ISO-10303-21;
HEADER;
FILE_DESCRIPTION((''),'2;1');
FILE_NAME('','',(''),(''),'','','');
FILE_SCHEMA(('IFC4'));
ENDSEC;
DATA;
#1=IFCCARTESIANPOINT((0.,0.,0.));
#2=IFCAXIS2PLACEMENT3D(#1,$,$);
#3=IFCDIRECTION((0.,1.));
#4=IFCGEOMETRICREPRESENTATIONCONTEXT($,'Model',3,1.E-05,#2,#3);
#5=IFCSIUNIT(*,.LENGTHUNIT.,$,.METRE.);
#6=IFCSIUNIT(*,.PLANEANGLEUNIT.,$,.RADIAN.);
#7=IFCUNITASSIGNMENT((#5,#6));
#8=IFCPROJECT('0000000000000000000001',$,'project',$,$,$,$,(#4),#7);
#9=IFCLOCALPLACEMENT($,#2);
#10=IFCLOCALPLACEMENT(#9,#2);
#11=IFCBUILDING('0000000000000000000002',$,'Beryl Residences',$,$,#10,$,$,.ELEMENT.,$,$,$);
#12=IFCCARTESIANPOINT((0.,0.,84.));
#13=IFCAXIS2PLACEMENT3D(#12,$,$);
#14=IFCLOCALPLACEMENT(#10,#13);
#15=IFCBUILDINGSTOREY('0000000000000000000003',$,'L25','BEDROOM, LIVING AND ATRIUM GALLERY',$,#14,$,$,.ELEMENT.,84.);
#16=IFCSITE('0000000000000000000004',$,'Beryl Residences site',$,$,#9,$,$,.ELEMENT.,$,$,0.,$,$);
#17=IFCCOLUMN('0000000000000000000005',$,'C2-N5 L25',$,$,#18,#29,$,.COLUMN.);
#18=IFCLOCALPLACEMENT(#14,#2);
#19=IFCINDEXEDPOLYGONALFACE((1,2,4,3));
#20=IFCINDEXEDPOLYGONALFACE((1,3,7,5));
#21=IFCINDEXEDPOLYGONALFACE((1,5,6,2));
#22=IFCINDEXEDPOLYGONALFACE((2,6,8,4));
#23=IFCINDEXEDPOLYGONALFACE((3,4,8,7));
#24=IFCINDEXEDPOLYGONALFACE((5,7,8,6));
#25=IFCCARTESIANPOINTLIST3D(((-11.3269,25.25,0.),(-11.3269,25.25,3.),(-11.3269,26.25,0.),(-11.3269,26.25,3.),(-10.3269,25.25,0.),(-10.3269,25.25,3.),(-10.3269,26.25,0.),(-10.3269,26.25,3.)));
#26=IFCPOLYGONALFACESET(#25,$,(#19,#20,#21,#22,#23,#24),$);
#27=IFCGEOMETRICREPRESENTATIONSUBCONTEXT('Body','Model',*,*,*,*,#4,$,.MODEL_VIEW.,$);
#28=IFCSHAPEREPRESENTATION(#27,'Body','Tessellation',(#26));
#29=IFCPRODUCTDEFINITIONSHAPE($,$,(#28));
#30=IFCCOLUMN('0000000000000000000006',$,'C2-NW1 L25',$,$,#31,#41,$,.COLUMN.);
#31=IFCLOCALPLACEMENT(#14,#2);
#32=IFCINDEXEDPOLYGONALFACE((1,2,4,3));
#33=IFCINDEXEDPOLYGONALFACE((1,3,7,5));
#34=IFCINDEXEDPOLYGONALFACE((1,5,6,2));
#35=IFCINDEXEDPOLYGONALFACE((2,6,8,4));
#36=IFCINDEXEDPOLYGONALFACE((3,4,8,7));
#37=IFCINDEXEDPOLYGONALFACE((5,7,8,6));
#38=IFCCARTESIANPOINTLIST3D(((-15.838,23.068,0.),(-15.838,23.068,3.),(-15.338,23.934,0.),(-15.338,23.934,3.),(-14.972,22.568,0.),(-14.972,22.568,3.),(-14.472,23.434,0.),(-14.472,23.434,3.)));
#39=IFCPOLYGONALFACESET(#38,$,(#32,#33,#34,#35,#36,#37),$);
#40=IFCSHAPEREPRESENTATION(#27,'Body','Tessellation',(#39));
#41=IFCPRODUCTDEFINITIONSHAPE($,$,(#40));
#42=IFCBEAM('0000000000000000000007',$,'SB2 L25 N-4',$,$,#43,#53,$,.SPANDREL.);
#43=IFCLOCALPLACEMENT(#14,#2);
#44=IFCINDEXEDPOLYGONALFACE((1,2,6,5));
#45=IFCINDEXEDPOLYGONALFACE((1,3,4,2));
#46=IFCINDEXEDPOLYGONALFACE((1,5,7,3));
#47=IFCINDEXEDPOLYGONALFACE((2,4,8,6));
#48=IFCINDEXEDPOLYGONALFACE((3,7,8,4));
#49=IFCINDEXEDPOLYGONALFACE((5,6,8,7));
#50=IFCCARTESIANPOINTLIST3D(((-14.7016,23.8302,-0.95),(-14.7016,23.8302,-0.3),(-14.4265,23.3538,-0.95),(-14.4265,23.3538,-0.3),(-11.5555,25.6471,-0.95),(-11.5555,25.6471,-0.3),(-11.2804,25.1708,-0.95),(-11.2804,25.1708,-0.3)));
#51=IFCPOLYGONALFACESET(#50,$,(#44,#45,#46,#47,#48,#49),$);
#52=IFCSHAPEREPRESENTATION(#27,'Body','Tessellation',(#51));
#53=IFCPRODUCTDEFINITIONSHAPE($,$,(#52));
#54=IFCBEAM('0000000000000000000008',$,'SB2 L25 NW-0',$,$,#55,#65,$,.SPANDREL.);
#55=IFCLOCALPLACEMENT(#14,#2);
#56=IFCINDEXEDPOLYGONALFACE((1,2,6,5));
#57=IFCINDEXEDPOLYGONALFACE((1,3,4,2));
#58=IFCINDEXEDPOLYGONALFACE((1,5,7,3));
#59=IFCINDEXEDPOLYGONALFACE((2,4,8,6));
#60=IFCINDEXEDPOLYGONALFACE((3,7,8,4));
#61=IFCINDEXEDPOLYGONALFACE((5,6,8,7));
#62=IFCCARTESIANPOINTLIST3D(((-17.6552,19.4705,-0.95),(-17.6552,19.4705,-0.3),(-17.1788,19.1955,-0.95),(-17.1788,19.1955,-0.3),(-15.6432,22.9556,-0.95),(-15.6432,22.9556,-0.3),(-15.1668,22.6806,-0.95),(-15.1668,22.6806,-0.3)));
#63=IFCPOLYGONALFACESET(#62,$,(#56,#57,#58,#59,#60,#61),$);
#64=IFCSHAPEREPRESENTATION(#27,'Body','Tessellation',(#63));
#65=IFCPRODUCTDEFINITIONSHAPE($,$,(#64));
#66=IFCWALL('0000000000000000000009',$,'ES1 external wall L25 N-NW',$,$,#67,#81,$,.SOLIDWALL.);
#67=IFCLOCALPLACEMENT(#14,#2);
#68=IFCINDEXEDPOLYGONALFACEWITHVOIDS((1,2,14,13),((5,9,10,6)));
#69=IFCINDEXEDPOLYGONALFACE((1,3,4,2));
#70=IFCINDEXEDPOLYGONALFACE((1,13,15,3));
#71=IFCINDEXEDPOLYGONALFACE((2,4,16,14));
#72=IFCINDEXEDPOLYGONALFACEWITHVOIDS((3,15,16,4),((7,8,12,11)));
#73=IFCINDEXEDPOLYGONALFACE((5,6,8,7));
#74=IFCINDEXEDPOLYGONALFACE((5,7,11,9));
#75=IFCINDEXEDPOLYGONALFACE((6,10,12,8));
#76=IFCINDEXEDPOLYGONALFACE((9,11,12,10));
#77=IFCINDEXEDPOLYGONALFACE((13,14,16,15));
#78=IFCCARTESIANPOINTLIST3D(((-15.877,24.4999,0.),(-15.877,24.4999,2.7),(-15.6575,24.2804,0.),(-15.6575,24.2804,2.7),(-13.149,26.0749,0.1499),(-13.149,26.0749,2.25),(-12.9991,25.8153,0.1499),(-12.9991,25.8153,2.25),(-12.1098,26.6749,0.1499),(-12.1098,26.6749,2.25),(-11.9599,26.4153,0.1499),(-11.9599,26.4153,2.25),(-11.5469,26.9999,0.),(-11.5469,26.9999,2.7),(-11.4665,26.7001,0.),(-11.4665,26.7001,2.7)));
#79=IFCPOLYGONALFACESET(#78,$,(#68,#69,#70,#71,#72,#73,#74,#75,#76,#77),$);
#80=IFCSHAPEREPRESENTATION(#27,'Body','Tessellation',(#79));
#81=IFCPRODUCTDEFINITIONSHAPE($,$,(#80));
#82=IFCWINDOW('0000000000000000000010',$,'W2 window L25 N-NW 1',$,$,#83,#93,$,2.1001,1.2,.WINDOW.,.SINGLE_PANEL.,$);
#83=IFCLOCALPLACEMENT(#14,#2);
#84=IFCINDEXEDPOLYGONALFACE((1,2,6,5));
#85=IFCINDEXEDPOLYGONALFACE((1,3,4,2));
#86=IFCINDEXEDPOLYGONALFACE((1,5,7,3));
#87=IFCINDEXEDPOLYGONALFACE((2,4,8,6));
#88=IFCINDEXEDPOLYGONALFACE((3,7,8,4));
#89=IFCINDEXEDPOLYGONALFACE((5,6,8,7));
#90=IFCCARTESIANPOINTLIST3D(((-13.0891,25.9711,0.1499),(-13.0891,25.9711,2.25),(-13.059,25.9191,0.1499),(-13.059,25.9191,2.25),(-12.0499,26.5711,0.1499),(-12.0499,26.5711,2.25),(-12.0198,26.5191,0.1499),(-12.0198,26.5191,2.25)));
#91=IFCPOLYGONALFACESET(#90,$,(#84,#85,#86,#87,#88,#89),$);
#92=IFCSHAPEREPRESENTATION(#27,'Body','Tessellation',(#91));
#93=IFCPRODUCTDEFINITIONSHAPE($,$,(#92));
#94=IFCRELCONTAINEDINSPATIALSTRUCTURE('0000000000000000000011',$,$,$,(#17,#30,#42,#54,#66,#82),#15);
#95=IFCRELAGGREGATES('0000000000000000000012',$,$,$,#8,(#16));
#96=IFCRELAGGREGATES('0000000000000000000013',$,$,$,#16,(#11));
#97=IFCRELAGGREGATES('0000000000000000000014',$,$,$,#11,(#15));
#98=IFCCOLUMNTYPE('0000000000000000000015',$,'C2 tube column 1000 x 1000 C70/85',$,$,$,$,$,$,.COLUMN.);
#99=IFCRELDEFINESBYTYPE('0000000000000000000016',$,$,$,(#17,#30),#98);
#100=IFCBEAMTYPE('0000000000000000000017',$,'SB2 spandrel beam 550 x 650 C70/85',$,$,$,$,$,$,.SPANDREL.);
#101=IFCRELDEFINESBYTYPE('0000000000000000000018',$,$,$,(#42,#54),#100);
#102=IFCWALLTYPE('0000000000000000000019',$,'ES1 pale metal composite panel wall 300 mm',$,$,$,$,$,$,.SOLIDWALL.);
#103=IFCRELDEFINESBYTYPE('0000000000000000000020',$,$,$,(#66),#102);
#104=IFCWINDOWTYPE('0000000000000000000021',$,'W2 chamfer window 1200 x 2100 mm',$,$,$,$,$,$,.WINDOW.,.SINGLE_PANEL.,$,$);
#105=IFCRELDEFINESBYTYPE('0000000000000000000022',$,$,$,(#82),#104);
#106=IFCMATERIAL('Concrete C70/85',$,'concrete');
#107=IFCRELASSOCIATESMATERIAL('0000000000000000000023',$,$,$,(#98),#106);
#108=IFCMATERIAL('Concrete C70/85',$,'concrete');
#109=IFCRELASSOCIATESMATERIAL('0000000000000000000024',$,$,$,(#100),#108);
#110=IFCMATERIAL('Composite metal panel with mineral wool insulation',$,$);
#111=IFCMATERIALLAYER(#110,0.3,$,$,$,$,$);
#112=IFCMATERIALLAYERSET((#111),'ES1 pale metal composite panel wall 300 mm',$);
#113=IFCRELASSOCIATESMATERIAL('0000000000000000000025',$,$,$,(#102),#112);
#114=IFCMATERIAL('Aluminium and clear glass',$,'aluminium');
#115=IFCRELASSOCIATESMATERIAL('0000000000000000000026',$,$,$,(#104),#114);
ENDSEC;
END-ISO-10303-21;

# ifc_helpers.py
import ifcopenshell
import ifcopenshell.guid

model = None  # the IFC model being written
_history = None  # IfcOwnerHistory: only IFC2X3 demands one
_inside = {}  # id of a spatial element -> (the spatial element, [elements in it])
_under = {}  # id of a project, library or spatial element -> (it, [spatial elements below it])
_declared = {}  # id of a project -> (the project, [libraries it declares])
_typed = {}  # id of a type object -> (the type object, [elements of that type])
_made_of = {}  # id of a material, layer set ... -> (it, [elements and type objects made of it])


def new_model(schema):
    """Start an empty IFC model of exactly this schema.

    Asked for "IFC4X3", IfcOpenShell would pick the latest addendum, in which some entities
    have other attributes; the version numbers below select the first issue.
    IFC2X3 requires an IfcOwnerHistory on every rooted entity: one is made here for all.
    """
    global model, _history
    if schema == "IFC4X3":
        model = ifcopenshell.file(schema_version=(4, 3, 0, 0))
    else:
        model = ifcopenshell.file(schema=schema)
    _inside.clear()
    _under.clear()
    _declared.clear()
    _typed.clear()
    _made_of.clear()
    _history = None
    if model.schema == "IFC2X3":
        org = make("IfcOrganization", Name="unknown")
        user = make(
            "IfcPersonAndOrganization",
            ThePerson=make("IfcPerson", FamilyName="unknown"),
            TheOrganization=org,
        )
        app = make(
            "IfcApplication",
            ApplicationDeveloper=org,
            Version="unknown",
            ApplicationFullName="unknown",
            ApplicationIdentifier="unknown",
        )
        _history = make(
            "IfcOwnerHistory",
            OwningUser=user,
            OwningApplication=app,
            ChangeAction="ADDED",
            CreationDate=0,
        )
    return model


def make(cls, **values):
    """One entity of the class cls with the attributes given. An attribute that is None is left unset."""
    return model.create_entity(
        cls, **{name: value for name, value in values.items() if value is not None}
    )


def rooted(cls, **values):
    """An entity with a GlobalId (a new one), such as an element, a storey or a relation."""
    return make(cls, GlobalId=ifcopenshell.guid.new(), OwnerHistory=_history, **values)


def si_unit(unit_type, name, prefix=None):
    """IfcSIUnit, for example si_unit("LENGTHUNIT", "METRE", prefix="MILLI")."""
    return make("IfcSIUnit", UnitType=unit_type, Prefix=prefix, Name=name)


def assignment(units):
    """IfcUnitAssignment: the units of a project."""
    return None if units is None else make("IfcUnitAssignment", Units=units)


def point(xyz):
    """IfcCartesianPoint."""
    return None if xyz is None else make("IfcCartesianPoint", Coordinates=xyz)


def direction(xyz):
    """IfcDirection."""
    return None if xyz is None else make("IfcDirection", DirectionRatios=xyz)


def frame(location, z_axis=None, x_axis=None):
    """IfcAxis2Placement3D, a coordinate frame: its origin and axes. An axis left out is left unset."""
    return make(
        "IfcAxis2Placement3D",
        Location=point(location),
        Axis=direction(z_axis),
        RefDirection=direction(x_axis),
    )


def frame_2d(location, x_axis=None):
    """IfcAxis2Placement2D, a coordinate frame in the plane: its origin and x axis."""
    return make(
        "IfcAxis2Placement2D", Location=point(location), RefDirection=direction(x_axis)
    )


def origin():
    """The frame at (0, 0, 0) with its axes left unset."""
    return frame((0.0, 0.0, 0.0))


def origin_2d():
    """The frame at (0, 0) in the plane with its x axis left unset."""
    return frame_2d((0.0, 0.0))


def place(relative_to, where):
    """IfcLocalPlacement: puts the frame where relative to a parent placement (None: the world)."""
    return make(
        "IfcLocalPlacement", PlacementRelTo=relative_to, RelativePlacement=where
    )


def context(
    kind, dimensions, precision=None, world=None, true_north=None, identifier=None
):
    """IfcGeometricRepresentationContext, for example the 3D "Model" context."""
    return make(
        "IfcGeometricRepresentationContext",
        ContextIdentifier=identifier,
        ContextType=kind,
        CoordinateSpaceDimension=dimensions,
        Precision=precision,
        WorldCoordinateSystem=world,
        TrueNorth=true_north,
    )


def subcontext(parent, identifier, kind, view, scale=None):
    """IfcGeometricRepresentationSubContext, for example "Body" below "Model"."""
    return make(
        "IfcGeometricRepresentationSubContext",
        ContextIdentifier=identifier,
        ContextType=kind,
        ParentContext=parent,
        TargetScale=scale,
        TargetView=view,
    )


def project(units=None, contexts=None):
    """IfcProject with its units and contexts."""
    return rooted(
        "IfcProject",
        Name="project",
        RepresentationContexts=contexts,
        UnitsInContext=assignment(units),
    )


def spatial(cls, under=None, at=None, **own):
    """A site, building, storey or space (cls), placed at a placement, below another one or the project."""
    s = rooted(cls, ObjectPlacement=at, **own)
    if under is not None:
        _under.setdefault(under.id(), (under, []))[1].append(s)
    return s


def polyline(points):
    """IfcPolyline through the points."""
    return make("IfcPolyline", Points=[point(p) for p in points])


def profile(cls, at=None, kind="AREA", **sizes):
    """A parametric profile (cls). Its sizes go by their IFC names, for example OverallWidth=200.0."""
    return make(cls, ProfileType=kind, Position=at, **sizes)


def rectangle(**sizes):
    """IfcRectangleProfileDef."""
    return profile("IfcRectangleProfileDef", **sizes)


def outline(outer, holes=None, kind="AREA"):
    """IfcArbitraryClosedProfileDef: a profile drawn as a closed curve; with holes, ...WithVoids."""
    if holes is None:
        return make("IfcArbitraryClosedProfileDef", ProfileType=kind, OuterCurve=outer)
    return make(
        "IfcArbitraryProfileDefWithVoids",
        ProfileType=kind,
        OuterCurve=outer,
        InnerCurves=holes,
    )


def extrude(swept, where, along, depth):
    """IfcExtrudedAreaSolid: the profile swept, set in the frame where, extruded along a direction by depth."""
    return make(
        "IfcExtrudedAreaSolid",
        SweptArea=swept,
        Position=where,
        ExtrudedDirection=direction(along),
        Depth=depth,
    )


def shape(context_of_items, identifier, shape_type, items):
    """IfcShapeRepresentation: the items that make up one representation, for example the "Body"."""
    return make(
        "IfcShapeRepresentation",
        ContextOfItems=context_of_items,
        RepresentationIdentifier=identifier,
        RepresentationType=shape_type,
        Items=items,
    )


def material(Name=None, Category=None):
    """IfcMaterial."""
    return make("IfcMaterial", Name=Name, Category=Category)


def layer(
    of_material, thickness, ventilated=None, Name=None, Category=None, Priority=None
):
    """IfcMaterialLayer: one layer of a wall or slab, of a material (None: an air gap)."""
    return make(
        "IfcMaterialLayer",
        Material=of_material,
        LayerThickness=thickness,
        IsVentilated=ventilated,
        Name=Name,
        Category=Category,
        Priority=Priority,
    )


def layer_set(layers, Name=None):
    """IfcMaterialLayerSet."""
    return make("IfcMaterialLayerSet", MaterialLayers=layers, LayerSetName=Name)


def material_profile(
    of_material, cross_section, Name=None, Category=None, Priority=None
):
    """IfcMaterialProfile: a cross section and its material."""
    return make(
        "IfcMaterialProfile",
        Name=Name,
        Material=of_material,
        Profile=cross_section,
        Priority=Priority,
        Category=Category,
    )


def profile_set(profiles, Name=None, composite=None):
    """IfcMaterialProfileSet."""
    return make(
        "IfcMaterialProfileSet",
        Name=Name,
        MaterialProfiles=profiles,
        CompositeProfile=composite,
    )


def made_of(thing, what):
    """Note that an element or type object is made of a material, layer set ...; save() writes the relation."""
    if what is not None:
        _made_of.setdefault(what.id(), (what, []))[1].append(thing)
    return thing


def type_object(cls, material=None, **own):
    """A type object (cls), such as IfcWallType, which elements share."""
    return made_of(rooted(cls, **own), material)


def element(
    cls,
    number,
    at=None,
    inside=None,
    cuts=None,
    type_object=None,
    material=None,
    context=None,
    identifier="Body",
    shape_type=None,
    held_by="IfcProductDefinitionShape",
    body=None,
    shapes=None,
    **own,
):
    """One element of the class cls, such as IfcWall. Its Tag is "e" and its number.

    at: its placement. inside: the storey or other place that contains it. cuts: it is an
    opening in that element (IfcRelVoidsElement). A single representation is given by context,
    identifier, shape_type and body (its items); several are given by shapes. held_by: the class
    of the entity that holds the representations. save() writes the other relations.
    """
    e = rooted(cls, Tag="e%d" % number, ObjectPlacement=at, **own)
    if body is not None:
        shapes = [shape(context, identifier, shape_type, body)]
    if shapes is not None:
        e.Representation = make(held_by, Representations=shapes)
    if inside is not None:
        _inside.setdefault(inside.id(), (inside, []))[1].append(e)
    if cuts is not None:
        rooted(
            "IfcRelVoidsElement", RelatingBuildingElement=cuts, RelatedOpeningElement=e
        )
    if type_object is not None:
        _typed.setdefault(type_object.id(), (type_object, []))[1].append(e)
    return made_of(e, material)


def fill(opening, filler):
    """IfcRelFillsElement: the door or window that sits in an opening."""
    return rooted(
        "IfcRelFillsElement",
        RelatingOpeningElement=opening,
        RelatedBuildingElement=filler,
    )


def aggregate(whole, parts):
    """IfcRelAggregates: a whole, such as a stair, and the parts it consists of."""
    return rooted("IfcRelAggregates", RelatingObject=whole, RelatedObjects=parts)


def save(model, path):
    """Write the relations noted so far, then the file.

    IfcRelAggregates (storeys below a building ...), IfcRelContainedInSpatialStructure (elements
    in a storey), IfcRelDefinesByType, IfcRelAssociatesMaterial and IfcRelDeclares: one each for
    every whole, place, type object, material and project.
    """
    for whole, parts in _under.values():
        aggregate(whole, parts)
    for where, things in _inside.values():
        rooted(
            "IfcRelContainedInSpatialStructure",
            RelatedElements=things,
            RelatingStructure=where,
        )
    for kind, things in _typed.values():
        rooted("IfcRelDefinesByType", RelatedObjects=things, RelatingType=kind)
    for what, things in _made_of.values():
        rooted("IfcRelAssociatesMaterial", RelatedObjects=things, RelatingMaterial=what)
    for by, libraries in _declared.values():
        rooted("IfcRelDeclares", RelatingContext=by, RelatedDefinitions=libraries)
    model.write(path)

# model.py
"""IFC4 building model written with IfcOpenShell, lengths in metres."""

from ifc_helpers import new_model, si_unit, direction, frame, frame_2d, origin, origin_2d, place, context, subcontext, project, spatial, polyline, rectangle, outline, extrude, material, layer, layer_set, material_profile, profile_set, type_object, element, fill, save


model = new_model("IFC4")

# Units and contexts
model_context = context("Model", 3, precision=1e-05, world=origin(), true_north=direction((0.0, 1.0)))
body_context = subcontext(model_context, "Body", "Model", "MODEL_VIEW")
ifc_project = project(units=[si_unit("LENGTHUNIT", "METRE"), si_unit("PLANEANGLEUNIT", "RADIAN")], contexts=[model_context])

# Site, building, storey
site_placement = place(None, origin())
site = spatial("IfcSite", under=ifc_project, at=site_placement, Name="Beryl Residences site", CompositionType="ELEMENT", RefElevation=0.0)
building_placement = place(site_placement, origin())
building = spatial("IfcBuilding", under=site, at=building_placement, Name="Beryl Residences", CompositionType="ELEMENT")
storey_placement = place(building_placement, frame((0.0, 0.0, 84.0)))
storey = spatial("IfcBuildingStorey", under=building, at=storey_placement, Name="L25", Description="BEDROOM, LIVING AND ATRIUM GALLERY", CompositionType="ELEMENT", Elevation=84.0)

# Columns
ifc_material_1 = material(Name="Concrete C70/85", Category="concrete")
ifc_material_profile_1 = material_profile(ifc_material_1, rectangle(XDim=1.0, YDim=1.0, at=origin_2d()))
ifc_profile_set_1 = profile_set([ifc_material_profile_1], Name="Concrete C70/85")
column_type = type_object("IfcColumnType", Name="C2 tube column 1000 x 1000 C70/85", PredefinedType="COLUMN", material=ifc_profile_set_1)
for number, where, z_axis, x_axis, name in (
    (1, (-10.8269, 25.75, 0.0), (0.0, 0.0, 1.0), (-1.0, 0.0, 0.0), "C2-N5 L25"),
    (2, (-15.155, 23.251, 0.0), (0.0, 0.0, 1.0), (-0.5, -0.866025, 0.0), "C2-NW1 L25"),
):
    element("IfcColumn", number, at=place(storey_placement, frame(where, z_axis=z_axis, x_axis=x_axis)), inside=storey, type_object=column_type, Name=name, PredefinedType="COLUMN", context=body_context, shape_type="SweptSolid", body=[
        extrude(rectangle(XDim=1.0, YDim=1.0, at=origin_2d()), origin(), (0.0, 0.0, 1.0), 3.0),
    ])

# Beams
ifc_material_2 = material(Name="Concrete C70/85", Category="concrete")
ifc_material_profile_2 = material_profile(ifc_material_2, rectangle(XDim=0.55, YDim=0.6499, at=origin_2d()))
ifc_profile_set_2 = profile_set([ifc_material_profile_2], Name="Concrete C70/85")
beam_type = type_object("IfcBeamType", Name="SB2 spandrel beam 550 x 650 C70/85", PredefinedType="SPANDREL", material=ifc_profile_set_2)
beam_1_placement = place(storey_placement, frame((-11.418, 25.4089, -0.625), z_axis=(-0.86596, -0.500114, 0.0), x_axis=(0.500114, -0.86596, 0.0)))
element("IfcBeam", 3, at=beam_1_placement, inside=storey, type_object=beam_type, Name="SB2 L25 N-4", PredefinedType="SPANDREL", context=body_context, shape_type="SweptSolid", body=[
    extrude(rectangle(XDim=0.55, YDim=0.6499, at=origin_2d()), origin(), (0.0, 0.0, 1.0), 3.6331),
])
beam_2_placement = place(storey_placement, frame((-15.405, 22.8181, -0.625), z_axis=(-0.499969, -0.866043, 0.0), x_axis=(0.866043, -0.499969, 0.0)))
element("IfcBeam", 4, at=beam_2_placement, inside=storey, type_object=beam_type, Name="SB2 L25 NW-0", PredefinedType="SPANDREL", context=body_context, shape_type="SweptSolid", body=[
    extrude(rectangle(XDim=0.55, YDim=0.6499, at=origin_2d()), origin(), (0.0, 0.0, 1.0), 4.0242),
])

# Wall, opening, window
ifc_material_3 = material(Name="Composite metal panel with mineral wool insulation")
ifc_layer_1 = layer(ifc_material_3, 0.3)
ifc_layer_set_1 = layer_set([ifc_layer_1], Name="ES1 pale metal composite panel wall 300 mm")
wall_type_1 = type_object("IfcWallType", Name="ES1 pale metal composite panel wall 300 mm", PredefinedType="SOLIDWALL", material=ifc_layer_set_1)
wall_1_placement = place(storey_placement, frame((-11.4719, 26.8701, 0.0), z_axis=(0.0, 0.0, 1.0), x_axis=(-0.866023, -0.500004, 0.0)))
wall_1 = element("IfcWall", 5, at=wall_1_placement, inside=storey, type_object=wall_type_1, Name="ES1 external wall L25 N-NW", PredefinedType="SOLIDWALL", context=body_context, shape_type="SweptSolid", body=[
    extrude(outline(polyline([(0.0, -0.1499), (5.0, -0.1499), (4.9197, 0.1499), (0.0803, 0.1499), (0.0, -0.1499)])), origin(), (0.0, 0.0, 1.0), 2.7),
])
opening_1_placement = place(wall_1_placement, frame((0.6499, 0.0, 0.1499)))
opening_1 = element("IfcOpeningElement", 6, at=opening_1_placement, cuts=wall_1, PredefinedType="OPENING", context=body_context, shape_type="SweptSolid", body=[
    extrude(rectangle(XDim=1.2, YDim=2.1001, at=frame_2d((0.6001, 1.05))), frame((0.0, 0.1599, 0.0), z_axis=(0.0, -1.0, 0.0), x_axis=(1.0, 0.0, 0.0)), (0.0, 0.0, 1.0), 0.3201),
])
ifc_material_4 = material(Name="Aluminium and clear glass", Category="aluminium")
window_type_1 = type_object("IfcWindowType", Name="W2 chamfer window 1200 x 2100 mm", PartitioningType="SINGLE_PANEL", PredefinedType="WINDOW", material=ifc_material_4)
window_1_placement = place(opening_1_placement, origin())
window_1 = element("IfcWindow", 7, at=window_1_placement, inside=storey, type_object=window_type_1, Name="W2 window L25 N-NW 1", OverallHeight=2.1001, OverallWidth=1.2, PartitioningType="SINGLE_PANEL", PredefinedType="WINDOW", context=body_context, shape_type="SweptSolid", body=[
    extrude(rectangle(XDim=1.2, YDim=2.1001, at=frame_2d((0.6001, 1.05))), frame((0.0, 0.03, 0.0), z_axis=(0.0, -1.0, 0.0), x_axis=(1.0, 0.0, 0.0)), (0.0, 0.0, 1.0), 0.0601),
])
fill(opening_1, window_1)

save(model, "model.ifc")
